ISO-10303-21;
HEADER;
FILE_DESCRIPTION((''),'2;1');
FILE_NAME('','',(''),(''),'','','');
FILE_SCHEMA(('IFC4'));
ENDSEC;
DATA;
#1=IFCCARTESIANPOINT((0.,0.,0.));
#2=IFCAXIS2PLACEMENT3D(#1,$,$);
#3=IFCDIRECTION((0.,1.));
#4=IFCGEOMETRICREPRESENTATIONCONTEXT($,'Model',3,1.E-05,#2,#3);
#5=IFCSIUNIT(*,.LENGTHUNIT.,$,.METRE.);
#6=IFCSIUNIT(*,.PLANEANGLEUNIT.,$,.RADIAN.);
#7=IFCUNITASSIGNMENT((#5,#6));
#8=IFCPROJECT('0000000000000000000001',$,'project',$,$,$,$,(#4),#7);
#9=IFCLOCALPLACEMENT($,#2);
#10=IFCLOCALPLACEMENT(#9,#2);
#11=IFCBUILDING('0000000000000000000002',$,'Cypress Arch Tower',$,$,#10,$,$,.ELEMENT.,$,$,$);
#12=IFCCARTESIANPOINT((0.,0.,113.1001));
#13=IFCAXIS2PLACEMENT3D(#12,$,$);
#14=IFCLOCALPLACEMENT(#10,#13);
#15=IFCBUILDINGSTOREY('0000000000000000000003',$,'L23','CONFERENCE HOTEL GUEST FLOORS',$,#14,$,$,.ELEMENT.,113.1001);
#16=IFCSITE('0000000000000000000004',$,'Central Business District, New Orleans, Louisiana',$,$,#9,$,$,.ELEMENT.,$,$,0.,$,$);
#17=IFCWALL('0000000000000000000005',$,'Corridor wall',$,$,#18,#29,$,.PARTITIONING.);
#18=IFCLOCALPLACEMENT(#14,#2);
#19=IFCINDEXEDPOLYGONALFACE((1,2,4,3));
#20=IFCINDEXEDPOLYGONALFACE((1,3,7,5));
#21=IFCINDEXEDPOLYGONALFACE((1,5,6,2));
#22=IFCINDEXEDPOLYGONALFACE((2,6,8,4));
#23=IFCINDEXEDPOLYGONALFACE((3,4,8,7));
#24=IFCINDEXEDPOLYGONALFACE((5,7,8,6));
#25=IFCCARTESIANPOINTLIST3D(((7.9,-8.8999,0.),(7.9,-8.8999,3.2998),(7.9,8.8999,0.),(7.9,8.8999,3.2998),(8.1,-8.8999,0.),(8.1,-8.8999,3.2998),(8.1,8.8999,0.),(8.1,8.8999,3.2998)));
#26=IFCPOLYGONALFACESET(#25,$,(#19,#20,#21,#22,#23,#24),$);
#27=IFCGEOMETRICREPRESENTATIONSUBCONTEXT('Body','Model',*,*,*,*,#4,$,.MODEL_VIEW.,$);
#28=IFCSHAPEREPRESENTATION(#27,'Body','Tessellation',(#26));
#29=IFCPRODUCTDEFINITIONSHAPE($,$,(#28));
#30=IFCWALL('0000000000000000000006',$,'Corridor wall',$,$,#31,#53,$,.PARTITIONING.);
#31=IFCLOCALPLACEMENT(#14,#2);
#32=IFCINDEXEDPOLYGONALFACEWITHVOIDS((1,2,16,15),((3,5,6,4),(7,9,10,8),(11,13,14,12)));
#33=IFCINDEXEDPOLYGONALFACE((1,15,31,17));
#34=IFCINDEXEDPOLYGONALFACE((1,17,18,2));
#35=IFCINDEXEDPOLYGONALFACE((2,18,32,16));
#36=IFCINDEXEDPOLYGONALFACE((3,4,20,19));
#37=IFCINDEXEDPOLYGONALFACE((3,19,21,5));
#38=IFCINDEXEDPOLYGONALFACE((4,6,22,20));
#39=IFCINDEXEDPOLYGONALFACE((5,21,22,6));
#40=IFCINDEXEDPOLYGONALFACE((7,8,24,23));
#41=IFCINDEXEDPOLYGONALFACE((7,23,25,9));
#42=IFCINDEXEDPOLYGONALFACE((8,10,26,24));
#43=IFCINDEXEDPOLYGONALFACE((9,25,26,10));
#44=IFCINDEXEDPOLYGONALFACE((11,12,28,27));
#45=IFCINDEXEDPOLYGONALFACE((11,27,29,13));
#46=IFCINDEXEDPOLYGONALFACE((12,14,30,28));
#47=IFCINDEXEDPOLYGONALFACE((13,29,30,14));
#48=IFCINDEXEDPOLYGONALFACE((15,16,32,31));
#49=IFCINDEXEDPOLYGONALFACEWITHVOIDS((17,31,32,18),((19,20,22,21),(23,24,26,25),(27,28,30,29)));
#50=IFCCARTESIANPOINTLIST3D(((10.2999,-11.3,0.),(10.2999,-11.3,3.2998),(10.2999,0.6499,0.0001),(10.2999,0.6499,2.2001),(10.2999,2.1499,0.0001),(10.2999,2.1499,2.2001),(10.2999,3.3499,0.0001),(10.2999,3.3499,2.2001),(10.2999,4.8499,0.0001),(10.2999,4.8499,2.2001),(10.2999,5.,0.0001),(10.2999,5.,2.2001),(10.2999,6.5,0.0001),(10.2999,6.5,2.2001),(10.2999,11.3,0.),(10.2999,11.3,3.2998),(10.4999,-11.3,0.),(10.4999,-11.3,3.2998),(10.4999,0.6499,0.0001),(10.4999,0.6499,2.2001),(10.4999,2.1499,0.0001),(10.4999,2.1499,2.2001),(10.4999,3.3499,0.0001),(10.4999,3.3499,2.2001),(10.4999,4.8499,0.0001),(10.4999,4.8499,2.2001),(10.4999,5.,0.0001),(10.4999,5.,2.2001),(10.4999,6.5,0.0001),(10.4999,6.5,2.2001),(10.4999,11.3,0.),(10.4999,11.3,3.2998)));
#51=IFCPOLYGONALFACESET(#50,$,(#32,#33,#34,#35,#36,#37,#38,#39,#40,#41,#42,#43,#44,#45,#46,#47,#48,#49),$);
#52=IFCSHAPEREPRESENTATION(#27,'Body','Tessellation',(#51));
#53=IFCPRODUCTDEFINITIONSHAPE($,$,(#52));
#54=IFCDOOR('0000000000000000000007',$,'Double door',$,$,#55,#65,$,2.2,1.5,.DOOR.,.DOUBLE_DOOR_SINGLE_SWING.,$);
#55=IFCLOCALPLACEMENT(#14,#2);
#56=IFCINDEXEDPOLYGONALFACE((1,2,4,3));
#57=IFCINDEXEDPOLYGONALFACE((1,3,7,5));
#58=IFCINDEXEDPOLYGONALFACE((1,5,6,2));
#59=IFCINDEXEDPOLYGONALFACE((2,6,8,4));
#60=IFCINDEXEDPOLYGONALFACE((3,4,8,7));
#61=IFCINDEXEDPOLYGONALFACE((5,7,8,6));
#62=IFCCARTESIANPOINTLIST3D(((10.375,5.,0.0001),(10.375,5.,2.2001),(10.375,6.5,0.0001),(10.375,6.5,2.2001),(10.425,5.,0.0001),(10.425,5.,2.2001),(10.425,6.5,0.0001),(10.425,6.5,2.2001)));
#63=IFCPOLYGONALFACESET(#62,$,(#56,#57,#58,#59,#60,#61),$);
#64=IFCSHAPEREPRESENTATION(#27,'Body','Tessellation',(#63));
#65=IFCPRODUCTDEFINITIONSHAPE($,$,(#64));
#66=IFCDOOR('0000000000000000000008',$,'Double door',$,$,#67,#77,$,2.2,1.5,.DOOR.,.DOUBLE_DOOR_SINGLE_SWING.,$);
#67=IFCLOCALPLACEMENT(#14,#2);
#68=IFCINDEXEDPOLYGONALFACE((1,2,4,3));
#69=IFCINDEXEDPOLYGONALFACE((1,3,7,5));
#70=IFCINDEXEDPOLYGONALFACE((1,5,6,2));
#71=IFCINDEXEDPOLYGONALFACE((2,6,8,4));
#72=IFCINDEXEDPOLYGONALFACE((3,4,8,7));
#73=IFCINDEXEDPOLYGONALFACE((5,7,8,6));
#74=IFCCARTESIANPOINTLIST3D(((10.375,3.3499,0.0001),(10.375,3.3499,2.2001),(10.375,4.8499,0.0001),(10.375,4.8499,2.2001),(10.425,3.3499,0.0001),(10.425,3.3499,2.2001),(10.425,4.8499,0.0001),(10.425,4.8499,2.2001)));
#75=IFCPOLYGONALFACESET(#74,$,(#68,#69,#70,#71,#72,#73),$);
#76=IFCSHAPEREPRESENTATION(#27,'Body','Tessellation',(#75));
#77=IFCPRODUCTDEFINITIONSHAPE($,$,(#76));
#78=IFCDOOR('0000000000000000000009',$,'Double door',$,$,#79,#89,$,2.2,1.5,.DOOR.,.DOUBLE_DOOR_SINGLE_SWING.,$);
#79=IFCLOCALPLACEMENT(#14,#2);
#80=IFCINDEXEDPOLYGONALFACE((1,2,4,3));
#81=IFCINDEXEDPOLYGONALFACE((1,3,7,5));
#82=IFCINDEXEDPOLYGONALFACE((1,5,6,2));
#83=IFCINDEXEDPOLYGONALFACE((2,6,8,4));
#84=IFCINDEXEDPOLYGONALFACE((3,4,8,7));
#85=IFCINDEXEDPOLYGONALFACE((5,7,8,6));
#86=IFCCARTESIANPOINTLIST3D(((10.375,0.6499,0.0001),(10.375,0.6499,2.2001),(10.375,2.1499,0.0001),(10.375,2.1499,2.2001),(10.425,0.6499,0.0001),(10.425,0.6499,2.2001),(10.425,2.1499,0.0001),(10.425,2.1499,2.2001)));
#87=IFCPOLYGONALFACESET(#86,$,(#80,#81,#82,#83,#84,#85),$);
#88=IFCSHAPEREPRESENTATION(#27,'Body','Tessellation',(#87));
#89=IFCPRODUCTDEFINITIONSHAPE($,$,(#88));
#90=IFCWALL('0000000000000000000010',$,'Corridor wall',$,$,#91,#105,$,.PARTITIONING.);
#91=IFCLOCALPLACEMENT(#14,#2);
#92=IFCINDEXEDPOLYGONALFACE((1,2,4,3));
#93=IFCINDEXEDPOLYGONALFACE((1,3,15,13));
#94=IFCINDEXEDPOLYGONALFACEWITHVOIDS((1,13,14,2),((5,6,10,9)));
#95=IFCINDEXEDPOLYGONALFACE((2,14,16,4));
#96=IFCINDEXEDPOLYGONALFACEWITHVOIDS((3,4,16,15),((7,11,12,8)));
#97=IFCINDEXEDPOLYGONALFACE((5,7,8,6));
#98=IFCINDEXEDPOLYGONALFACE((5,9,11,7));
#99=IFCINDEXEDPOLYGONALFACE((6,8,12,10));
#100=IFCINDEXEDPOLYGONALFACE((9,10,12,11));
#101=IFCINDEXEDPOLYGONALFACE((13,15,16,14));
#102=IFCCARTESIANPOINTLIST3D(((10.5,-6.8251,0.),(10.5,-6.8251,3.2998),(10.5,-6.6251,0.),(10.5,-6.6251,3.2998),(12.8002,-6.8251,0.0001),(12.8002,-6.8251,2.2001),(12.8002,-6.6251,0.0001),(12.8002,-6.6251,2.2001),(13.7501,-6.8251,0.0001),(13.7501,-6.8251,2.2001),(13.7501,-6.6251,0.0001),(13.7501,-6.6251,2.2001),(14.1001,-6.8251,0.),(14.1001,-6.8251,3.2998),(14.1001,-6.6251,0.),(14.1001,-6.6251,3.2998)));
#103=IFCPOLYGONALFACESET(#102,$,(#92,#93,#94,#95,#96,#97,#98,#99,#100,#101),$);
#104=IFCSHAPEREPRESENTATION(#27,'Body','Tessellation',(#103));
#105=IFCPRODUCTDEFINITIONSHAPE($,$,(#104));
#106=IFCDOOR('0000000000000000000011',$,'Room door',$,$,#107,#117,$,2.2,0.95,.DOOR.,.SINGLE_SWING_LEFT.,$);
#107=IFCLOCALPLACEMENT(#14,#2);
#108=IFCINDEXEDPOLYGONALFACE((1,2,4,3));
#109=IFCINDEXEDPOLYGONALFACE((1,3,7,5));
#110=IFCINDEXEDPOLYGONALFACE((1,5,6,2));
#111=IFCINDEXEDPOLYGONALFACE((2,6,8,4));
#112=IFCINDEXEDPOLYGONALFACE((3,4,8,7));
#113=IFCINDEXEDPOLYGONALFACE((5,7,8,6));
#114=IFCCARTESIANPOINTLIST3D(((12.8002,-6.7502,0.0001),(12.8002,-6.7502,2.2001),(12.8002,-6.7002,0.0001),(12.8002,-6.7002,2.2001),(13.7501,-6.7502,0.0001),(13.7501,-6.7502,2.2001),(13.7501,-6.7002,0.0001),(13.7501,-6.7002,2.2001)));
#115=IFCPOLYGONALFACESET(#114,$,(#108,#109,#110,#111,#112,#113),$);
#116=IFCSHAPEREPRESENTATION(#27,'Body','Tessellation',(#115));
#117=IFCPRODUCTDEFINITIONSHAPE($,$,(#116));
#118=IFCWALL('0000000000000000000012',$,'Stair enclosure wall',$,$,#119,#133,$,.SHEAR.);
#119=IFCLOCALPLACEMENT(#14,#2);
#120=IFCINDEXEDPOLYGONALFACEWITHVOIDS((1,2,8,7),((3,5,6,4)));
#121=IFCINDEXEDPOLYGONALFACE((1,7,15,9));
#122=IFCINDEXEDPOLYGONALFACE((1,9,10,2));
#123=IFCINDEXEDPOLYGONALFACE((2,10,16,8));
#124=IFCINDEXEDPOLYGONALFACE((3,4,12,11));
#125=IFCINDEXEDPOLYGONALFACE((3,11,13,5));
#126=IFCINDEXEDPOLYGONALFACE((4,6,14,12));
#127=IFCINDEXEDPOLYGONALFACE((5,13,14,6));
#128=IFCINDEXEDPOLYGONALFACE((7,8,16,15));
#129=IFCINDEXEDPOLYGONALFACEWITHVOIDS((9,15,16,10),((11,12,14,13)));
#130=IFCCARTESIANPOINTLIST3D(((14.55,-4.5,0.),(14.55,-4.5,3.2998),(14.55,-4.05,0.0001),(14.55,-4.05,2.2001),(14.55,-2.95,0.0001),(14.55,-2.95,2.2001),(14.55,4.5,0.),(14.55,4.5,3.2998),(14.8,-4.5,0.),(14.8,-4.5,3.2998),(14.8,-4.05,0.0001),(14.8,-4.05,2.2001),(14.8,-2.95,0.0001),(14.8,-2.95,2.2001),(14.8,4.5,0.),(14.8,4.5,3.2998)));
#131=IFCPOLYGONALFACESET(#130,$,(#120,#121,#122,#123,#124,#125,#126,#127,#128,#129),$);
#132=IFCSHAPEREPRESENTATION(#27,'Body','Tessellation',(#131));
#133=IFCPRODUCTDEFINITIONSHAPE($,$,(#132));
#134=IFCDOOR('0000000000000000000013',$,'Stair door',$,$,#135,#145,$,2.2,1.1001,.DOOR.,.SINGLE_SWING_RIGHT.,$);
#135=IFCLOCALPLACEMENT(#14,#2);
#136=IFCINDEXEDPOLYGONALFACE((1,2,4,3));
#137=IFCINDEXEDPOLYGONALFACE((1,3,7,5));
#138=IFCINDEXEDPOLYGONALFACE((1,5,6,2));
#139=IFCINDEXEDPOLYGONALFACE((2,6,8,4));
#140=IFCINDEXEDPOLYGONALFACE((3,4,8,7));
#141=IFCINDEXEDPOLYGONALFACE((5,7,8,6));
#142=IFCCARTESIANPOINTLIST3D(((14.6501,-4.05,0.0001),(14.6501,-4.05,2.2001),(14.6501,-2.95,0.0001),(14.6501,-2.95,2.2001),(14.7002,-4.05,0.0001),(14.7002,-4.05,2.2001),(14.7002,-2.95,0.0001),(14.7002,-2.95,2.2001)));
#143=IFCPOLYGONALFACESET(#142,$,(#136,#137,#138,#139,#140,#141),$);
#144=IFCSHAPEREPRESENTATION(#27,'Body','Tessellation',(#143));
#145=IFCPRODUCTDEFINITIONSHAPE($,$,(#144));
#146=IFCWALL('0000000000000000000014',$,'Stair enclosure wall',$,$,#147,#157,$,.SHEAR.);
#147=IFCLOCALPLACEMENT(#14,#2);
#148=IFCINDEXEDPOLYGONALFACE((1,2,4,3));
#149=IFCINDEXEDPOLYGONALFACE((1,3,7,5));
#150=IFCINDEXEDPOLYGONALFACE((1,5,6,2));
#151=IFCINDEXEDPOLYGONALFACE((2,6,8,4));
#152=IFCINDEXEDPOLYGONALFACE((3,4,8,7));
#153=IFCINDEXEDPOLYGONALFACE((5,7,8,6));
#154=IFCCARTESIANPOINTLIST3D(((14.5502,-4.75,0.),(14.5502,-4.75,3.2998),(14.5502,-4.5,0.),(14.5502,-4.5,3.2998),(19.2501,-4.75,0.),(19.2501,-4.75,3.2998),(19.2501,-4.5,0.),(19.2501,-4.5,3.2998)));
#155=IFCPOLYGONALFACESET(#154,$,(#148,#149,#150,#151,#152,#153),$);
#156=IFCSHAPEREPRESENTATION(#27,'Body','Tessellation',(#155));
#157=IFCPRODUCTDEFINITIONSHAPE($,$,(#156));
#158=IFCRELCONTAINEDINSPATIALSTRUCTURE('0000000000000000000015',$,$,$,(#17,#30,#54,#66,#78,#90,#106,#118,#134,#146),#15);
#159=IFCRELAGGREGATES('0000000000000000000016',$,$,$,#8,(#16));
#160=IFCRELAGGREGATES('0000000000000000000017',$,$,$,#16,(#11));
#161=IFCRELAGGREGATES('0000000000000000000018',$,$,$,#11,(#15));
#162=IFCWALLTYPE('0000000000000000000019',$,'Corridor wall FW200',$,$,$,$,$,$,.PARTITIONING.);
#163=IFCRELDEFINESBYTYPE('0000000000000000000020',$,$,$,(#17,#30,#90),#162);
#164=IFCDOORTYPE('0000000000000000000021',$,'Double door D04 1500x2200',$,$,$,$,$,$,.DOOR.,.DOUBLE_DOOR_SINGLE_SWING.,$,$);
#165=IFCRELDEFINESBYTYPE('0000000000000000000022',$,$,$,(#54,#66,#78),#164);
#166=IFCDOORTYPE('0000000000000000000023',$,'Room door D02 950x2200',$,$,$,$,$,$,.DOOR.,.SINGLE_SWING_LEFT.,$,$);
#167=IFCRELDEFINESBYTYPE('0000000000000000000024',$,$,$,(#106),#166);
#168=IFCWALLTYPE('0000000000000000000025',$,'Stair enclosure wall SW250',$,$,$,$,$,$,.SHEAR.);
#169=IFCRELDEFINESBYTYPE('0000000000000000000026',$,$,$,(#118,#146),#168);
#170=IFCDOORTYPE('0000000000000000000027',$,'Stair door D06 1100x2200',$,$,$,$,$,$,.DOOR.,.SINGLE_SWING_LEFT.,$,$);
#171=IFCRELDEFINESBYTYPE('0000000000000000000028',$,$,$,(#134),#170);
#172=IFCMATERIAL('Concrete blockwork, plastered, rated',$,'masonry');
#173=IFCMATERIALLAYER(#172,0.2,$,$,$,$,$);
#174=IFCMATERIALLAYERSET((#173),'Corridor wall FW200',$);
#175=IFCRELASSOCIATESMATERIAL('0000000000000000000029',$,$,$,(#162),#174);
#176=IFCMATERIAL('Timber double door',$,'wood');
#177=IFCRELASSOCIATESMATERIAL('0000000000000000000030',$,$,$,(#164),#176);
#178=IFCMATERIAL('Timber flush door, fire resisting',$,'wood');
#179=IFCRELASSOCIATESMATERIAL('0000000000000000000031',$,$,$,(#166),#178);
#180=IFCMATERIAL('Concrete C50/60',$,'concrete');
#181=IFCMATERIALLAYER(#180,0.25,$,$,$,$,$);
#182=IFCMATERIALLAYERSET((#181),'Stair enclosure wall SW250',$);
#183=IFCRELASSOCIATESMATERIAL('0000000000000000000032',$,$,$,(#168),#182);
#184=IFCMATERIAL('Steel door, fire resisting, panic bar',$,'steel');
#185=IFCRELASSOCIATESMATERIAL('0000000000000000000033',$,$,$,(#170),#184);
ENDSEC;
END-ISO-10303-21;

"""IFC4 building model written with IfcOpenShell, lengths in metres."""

from ifc_helpers import new_model, si_unit, direction, frame, frame_2d, origin, place, context, subcontext, project, spatial, rectangle, extrude, material, layer, layer_set, type_object, element, fill, save


model = new_model("IFC4")

# Units and contexts
model_context = context("Model", 3, precision=1e-05, world=origin(), true_north=direction((0.0, 1.0)))
body_context = subcontext(model_context, "Body", "Model", "MODEL_VIEW")
ifc_project = project(units=[si_unit("LENGTHUNIT", "METRE"), si_unit("PLANEANGLEUNIT", "RADIAN")], contexts=[model_context])

# Site, building, storey
site_placement = place(None, origin())
site = spatial("IfcSite", under=ifc_project, at=site_placement, Name="Central Business District, New Orleans, Louisiana", CompositionType="ELEMENT", RefElevation=0.0)
building_placement = place(site_placement, origin())
building = spatial("IfcBuilding", under=site, at=building_placement, Name="Cypress Arch Tower", CompositionType="ELEMENT")
storey_placement = place(building_placement, frame((0.0, 0.0, 113.1001)))
storey = spatial("IfcBuildingStorey", under=building, at=storey_placement, Name="L23", Description="CONFERENCE HOTEL GUEST FLOORS", CompositionType="ELEMENT", Elevation=113.1001)

# Wall
ifc_material_1 = material(Name="Concrete blockwork, plastered, rated", Category="masonry")
ifc_layer_1 = layer(ifc_material_1, 0.2)
ifc_layer_set_1 = layer_set([ifc_layer_1], Name="Corridor wall FW200")
wall_type_1 = type_object("IfcWallType", Name="Corridor wall FW200", PredefinedType="PARTITIONING", material=ifc_layer_set_1)
wall_1_placement = place(storey_placement, frame((8.0, -8.8999, 0.0), z_axis=(0.0, 0.0, 1.0), x_axis=(0.0, 1.0, 0.0)))
element("IfcWall", 1, at=wall_1_placement, inside=storey, type_object=wall_type_1, Name="Corridor wall", PredefinedType="PARTITIONING", context=body_context, shape_type="SweptSolid", body=[
    extrude(rectangle(XDim=17.7998, YDim=0.2, at=frame_2d((8.8999, 0.0))), origin(), (0.0, 0.0, 1.0), 3.2998),
])

# Wall, openings, doors
wall_2_placement = place(storey_placement, frame((10.3999, -11.3, 0.0), z_axis=(0.0, 0.0, 1.0), x_axis=(0.0, 1.0, 0.0)))
wall_2 = element("IfcWall", 2, at=wall_2_placement, inside=storey, type_object=wall_type_1, Name="Corridor wall", PredefinedType="PARTITIONING", context=body_context, shape_type="SweptSolid", body=[
    extrude(rectangle(XDim=22.6001, YDim=0.2, at=frame_2d((11.3, 0.0))), origin(), (0.0, 0.0, 1.0), 3.2998),
])
opening_1_placement = place(wall_2_placement, frame((16.3, 0.0, 0.0)))
opening_1 = element("IfcOpeningElement", 3, at=opening_1_placement, cuts=wall_2, PredefinedType="OPENING", context=body_context, shape_type="SweptSolid", body=[
    extrude(rectangle(XDim=1.5, YDim=2.2, at=frame_2d((0.75, 1.1001))), frame((0.0, 0.1099, 0.0), z_axis=(0.0, -1.0, 0.0), x_axis=(1.0, 0.0, 0.0)), (0.0, 0.0, 1.0), 0.22),
])
opening_2_placement = place(wall_2_placement, frame((14.6499, 0.0, 0.0)))
opening_2 = element("IfcOpeningElement", 4, at=opening_2_placement, cuts=wall_2, PredefinedType="OPENING", context=body_context, shape_type="SweptSolid", body=[
    extrude(rectangle(XDim=1.5, YDim=2.2, at=frame_2d((0.75, 1.1001))), frame((0.0, 0.1099, 0.0), z_axis=(0.0, -1.0, 0.0), x_axis=(1.0, 0.0, 0.0)), (0.0, 0.0, 1.0), 0.22),
])
opening_3_placement = place(wall_2_placement, frame((11.95, 0.0, 0.0)))
opening_3 = element("IfcOpeningElement", 5, at=opening_3_placement, cuts=wall_2, PredefinedType="OPENING", context=body_context, shape_type="SweptSolid", body=[
    extrude(rectangle(XDim=1.5, YDim=2.2, at=frame_2d((0.75, 1.1001))), frame((0.0, 0.1099, 0.0), z_axis=(0.0, -1.0, 0.0), x_axis=(1.0, 0.0, 0.0)), (0.0, 0.0, 1.0), 0.22),
])
ifc_material_2 = material(Name="Timber double door", Category="wood")
door_type_1 = type_object("IfcDoorType", Name="Double door D04 1500x2200", OperationType="DOUBLE_DOOR_SINGLE_SWING", PredefinedType="DOOR", material=ifc_material_2)
door_1_placement = place(opening_1_placement, origin())
door_1 = element("IfcDoor", 6, at=door_1_placement, inside=storey, type_object=door_type_1, Name="Double door", OperationType="DOUBLE_DOOR_SINGLE_SWING", OverallHeight=2.2, OverallWidth=1.5, PredefinedType="DOOR", context=body_context, shape_type="SweptSolid", body=[
    extrude(rectangle(XDim=1.5, YDim=2.2, at=frame_2d((0.75, 1.1001))), frame((0.0, 0.0249, 0.0), z_axis=(0.0, -1.0, 0.0), x_axis=(1.0, 0.0, 0.0)), (0.0, 0.0, 1.0), 0.05),
])
fill(opening_1, door_1)
door_2_placement = place(opening_2_placement, origin())
door_2 = element("IfcDoor", 7, at=door_2_placement, inside=storey, type_object=door_type_1, Name="Double door", OperationType="DOUBLE_DOOR_SINGLE_SWING", OverallHeight=2.2, OverallWidth=1.5, PredefinedType="DOOR", context=body_context, shape_type="SweptSolid", body=[
    extrude(rectangle(XDim=1.5, YDim=2.2, at=frame_2d((0.75, 1.1001))), frame((0.0, 0.0249, 0.0), z_axis=(0.0, -1.0, 0.0), x_axis=(1.0, 0.0, 0.0)), (0.0, 0.0, 1.0), 0.05),
])
fill(opening_2, door_2)
door_3_placement = place(opening_3_placement, origin())
door_3 = element("IfcDoor", 8, at=door_3_placement, inside=storey, type_object=door_type_1, Name="Double door", OperationType="DOUBLE_DOOR_SINGLE_SWING", OverallHeight=2.2, OverallWidth=1.5, PredefinedType="DOOR", context=body_context, shape_type="SweptSolid", body=[
    extrude(rectangle(XDim=1.5, YDim=2.2, at=frame_2d((0.75, 1.1001))), frame((0.0, 0.0249, 0.0), z_axis=(0.0, -1.0, 0.0), x_axis=(1.0, 0.0, 0.0)), (0.0, 0.0, 1.0), 0.05),
])
fill(opening_3, door_3)

# Walls, openings, doors
wall_3_placement = place(storey_placement, frame((10.5, -6.7251, 0.0), z_axis=(0.0, 0.0, 1.0), x_axis=(1.0, 0.0, 0.0)))
wall_3 = element("IfcWall", 9, at=wall_3_placement, inside=storey, type_object=wall_type_1, Name="Corridor wall", PredefinedType="PARTITIONING", context=body_context, shape_type="SweptSolid", body=[
    extrude(rectangle(XDim=3.6001, YDim=0.2, at=frame_2d((1.8, 0.0))), origin(), (0.0, 0.0, 1.0), 3.2998),
])
opening_4_placement = place(wall_3_placement, frame((2.3, 0.0, 0.0)))
opening_4 = element("IfcOpeningElement", 10, at=opening_4_placement, cuts=wall_3, PredefinedType="OPENING", context=body_context, shape_type="SweptSolid", body=[
    extrude(rectangle(XDim=0.95, YDim=2.2, at=frame_2d((0.4751, 1.1001))), frame((0.0, 0.1099, 0.0), z_axis=(0.0, -1.0, 0.0), x_axis=(1.0, 0.0, 0.0)), (0.0, 0.0, 1.0), 0.22),
])
ifc_material_3 = material(Name="Timber flush door, fire resisting", Category="wood")
door_type_2 = type_object("IfcDoorType", Name="Room door D02 950x2200", OperationType="SINGLE_SWING_LEFT", PredefinedType="DOOR", material=ifc_material_3)
door_4_placement = place(opening_4_placement, origin())
door_4 = element("IfcDoor", 11, at=door_4_placement, inside=storey, type_object=door_type_2, Name="Room door", OperationType="SINGLE_SWING_LEFT", OverallHeight=2.2, OverallWidth=0.95, PredefinedType="DOOR", context=body_context, shape_type="SweptSolid", body=[
    extrude(rectangle(XDim=0.95, YDim=2.2, at=frame_2d((0.4751, 1.1001))), frame((0.0, 0.0249, 0.0), z_axis=(0.0, -1.0, 0.0), x_axis=(1.0, 0.0, 0.0)), (0.0, 0.0, 1.0), 0.05),
])
fill(opening_4, door_4)
ifc_material_4 = material(Name="Concrete C50/60", Category="concrete")
ifc_layer_2 = layer(ifc_material_4, 0.25)
ifc_layer_set_2 = layer_set([ifc_layer_2], Name="Stair enclosure wall SW250")
wall_type_2 = type_object("IfcWallType", Name="Stair enclosure wall SW250", PredefinedType="SHEAR", material=ifc_layer_set_2)
wall_4_placement = place(storey_placement, frame((14.675, -4.5, 0.0), z_axis=(0.0, 0.0, 1.0), x_axis=(0.0, 1.0, 0.0)))
wall_4 = element("IfcWall", 12, at=wall_4_placement, inside=storey, type_object=wall_type_2, Name="Stair enclosure wall", PredefinedType="SHEAR", context=body_context, shape_type="SweptSolid", body=[
    extrude(rectangle(XDim=9.0, YDim=0.25, at=frame_2d((4.5, 0.0))), origin(), (0.0, 0.0, 1.0), 3.2998),
])
opening_5_placement = place(wall_4_placement, frame((0.45, 0.0, 0.0)))
opening_5 = element("IfcOpeningElement", 13, at=opening_5_placement, cuts=wall_4, PredefinedType="OPENING", context=body_context, shape_type="SweptSolid", body=[
    extrude(rectangle(XDim=1.1001, YDim=2.2, at=frame_2d((0.55, 1.1001))), frame((0.0, 0.135, 0.0), z_axis=(0.0, -1.0, 0.0), x_axis=(1.0, 0.0, 0.0)), (0.0, 0.0, 1.0), 0.27),
])
ifc_material_5 = material(Name="Steel door, fire resisting, panic bar", Category="steel")
door_type_3 = type_object("IfcDoorType", Name="Stair door D06 1100x2200", OperationType="SINGLE_SWING_LEFT", PredefinedType="DOOR", material=ifc_material_5)
door_5_placement = place(opening_5_placement, origin())
door_5 = element("IfcDoor", 14, at=door_5_placement, inside=storey, type_object=door_type_3, Name="Stair door", OperationType="SINGLE_SWING_RIGHT", OverallHeight=2.2, OverallWidth=1.1001, PredefinedType="DOOR", context=body_context, shape_type="SweptSolid", body=[
    extrude(rectangle(XDim=1.1001, YDim=2.2, at=frame_2d((0.55, 1.1001))), frame((0.0, 0.0249, 0.0), z_axis=(0.0, -1.0, 0.0), x_axis=(1.0, 0.0, 0.0)), (0.0, 0.0, 1.0), 0.05),
])
fill(opening_5, door_5)

# Wall
wall_5_placement = place(storey_placement, frame((14.55, -4.625, 0.0), z_axis=(0.0, 0.0, 1.0), x_axis=(1.0, 0.0, 0.0)))
element("IfcWall", 15, at=wall_5_placement, inside=storey, type_object=wall_type_2, Name="Stair enclosure wall", PredefinedType="SHEAR", context=body_context, shape_type="SweptSolid", body=[
    extrude(rectangle(XDim=4.7, YDim=0.25, at=frame_2d((2.3501, 0.0))), origin(), (0.0, 0.0, 1.0), 3.2998),
])

save(model, "model.ifc")
